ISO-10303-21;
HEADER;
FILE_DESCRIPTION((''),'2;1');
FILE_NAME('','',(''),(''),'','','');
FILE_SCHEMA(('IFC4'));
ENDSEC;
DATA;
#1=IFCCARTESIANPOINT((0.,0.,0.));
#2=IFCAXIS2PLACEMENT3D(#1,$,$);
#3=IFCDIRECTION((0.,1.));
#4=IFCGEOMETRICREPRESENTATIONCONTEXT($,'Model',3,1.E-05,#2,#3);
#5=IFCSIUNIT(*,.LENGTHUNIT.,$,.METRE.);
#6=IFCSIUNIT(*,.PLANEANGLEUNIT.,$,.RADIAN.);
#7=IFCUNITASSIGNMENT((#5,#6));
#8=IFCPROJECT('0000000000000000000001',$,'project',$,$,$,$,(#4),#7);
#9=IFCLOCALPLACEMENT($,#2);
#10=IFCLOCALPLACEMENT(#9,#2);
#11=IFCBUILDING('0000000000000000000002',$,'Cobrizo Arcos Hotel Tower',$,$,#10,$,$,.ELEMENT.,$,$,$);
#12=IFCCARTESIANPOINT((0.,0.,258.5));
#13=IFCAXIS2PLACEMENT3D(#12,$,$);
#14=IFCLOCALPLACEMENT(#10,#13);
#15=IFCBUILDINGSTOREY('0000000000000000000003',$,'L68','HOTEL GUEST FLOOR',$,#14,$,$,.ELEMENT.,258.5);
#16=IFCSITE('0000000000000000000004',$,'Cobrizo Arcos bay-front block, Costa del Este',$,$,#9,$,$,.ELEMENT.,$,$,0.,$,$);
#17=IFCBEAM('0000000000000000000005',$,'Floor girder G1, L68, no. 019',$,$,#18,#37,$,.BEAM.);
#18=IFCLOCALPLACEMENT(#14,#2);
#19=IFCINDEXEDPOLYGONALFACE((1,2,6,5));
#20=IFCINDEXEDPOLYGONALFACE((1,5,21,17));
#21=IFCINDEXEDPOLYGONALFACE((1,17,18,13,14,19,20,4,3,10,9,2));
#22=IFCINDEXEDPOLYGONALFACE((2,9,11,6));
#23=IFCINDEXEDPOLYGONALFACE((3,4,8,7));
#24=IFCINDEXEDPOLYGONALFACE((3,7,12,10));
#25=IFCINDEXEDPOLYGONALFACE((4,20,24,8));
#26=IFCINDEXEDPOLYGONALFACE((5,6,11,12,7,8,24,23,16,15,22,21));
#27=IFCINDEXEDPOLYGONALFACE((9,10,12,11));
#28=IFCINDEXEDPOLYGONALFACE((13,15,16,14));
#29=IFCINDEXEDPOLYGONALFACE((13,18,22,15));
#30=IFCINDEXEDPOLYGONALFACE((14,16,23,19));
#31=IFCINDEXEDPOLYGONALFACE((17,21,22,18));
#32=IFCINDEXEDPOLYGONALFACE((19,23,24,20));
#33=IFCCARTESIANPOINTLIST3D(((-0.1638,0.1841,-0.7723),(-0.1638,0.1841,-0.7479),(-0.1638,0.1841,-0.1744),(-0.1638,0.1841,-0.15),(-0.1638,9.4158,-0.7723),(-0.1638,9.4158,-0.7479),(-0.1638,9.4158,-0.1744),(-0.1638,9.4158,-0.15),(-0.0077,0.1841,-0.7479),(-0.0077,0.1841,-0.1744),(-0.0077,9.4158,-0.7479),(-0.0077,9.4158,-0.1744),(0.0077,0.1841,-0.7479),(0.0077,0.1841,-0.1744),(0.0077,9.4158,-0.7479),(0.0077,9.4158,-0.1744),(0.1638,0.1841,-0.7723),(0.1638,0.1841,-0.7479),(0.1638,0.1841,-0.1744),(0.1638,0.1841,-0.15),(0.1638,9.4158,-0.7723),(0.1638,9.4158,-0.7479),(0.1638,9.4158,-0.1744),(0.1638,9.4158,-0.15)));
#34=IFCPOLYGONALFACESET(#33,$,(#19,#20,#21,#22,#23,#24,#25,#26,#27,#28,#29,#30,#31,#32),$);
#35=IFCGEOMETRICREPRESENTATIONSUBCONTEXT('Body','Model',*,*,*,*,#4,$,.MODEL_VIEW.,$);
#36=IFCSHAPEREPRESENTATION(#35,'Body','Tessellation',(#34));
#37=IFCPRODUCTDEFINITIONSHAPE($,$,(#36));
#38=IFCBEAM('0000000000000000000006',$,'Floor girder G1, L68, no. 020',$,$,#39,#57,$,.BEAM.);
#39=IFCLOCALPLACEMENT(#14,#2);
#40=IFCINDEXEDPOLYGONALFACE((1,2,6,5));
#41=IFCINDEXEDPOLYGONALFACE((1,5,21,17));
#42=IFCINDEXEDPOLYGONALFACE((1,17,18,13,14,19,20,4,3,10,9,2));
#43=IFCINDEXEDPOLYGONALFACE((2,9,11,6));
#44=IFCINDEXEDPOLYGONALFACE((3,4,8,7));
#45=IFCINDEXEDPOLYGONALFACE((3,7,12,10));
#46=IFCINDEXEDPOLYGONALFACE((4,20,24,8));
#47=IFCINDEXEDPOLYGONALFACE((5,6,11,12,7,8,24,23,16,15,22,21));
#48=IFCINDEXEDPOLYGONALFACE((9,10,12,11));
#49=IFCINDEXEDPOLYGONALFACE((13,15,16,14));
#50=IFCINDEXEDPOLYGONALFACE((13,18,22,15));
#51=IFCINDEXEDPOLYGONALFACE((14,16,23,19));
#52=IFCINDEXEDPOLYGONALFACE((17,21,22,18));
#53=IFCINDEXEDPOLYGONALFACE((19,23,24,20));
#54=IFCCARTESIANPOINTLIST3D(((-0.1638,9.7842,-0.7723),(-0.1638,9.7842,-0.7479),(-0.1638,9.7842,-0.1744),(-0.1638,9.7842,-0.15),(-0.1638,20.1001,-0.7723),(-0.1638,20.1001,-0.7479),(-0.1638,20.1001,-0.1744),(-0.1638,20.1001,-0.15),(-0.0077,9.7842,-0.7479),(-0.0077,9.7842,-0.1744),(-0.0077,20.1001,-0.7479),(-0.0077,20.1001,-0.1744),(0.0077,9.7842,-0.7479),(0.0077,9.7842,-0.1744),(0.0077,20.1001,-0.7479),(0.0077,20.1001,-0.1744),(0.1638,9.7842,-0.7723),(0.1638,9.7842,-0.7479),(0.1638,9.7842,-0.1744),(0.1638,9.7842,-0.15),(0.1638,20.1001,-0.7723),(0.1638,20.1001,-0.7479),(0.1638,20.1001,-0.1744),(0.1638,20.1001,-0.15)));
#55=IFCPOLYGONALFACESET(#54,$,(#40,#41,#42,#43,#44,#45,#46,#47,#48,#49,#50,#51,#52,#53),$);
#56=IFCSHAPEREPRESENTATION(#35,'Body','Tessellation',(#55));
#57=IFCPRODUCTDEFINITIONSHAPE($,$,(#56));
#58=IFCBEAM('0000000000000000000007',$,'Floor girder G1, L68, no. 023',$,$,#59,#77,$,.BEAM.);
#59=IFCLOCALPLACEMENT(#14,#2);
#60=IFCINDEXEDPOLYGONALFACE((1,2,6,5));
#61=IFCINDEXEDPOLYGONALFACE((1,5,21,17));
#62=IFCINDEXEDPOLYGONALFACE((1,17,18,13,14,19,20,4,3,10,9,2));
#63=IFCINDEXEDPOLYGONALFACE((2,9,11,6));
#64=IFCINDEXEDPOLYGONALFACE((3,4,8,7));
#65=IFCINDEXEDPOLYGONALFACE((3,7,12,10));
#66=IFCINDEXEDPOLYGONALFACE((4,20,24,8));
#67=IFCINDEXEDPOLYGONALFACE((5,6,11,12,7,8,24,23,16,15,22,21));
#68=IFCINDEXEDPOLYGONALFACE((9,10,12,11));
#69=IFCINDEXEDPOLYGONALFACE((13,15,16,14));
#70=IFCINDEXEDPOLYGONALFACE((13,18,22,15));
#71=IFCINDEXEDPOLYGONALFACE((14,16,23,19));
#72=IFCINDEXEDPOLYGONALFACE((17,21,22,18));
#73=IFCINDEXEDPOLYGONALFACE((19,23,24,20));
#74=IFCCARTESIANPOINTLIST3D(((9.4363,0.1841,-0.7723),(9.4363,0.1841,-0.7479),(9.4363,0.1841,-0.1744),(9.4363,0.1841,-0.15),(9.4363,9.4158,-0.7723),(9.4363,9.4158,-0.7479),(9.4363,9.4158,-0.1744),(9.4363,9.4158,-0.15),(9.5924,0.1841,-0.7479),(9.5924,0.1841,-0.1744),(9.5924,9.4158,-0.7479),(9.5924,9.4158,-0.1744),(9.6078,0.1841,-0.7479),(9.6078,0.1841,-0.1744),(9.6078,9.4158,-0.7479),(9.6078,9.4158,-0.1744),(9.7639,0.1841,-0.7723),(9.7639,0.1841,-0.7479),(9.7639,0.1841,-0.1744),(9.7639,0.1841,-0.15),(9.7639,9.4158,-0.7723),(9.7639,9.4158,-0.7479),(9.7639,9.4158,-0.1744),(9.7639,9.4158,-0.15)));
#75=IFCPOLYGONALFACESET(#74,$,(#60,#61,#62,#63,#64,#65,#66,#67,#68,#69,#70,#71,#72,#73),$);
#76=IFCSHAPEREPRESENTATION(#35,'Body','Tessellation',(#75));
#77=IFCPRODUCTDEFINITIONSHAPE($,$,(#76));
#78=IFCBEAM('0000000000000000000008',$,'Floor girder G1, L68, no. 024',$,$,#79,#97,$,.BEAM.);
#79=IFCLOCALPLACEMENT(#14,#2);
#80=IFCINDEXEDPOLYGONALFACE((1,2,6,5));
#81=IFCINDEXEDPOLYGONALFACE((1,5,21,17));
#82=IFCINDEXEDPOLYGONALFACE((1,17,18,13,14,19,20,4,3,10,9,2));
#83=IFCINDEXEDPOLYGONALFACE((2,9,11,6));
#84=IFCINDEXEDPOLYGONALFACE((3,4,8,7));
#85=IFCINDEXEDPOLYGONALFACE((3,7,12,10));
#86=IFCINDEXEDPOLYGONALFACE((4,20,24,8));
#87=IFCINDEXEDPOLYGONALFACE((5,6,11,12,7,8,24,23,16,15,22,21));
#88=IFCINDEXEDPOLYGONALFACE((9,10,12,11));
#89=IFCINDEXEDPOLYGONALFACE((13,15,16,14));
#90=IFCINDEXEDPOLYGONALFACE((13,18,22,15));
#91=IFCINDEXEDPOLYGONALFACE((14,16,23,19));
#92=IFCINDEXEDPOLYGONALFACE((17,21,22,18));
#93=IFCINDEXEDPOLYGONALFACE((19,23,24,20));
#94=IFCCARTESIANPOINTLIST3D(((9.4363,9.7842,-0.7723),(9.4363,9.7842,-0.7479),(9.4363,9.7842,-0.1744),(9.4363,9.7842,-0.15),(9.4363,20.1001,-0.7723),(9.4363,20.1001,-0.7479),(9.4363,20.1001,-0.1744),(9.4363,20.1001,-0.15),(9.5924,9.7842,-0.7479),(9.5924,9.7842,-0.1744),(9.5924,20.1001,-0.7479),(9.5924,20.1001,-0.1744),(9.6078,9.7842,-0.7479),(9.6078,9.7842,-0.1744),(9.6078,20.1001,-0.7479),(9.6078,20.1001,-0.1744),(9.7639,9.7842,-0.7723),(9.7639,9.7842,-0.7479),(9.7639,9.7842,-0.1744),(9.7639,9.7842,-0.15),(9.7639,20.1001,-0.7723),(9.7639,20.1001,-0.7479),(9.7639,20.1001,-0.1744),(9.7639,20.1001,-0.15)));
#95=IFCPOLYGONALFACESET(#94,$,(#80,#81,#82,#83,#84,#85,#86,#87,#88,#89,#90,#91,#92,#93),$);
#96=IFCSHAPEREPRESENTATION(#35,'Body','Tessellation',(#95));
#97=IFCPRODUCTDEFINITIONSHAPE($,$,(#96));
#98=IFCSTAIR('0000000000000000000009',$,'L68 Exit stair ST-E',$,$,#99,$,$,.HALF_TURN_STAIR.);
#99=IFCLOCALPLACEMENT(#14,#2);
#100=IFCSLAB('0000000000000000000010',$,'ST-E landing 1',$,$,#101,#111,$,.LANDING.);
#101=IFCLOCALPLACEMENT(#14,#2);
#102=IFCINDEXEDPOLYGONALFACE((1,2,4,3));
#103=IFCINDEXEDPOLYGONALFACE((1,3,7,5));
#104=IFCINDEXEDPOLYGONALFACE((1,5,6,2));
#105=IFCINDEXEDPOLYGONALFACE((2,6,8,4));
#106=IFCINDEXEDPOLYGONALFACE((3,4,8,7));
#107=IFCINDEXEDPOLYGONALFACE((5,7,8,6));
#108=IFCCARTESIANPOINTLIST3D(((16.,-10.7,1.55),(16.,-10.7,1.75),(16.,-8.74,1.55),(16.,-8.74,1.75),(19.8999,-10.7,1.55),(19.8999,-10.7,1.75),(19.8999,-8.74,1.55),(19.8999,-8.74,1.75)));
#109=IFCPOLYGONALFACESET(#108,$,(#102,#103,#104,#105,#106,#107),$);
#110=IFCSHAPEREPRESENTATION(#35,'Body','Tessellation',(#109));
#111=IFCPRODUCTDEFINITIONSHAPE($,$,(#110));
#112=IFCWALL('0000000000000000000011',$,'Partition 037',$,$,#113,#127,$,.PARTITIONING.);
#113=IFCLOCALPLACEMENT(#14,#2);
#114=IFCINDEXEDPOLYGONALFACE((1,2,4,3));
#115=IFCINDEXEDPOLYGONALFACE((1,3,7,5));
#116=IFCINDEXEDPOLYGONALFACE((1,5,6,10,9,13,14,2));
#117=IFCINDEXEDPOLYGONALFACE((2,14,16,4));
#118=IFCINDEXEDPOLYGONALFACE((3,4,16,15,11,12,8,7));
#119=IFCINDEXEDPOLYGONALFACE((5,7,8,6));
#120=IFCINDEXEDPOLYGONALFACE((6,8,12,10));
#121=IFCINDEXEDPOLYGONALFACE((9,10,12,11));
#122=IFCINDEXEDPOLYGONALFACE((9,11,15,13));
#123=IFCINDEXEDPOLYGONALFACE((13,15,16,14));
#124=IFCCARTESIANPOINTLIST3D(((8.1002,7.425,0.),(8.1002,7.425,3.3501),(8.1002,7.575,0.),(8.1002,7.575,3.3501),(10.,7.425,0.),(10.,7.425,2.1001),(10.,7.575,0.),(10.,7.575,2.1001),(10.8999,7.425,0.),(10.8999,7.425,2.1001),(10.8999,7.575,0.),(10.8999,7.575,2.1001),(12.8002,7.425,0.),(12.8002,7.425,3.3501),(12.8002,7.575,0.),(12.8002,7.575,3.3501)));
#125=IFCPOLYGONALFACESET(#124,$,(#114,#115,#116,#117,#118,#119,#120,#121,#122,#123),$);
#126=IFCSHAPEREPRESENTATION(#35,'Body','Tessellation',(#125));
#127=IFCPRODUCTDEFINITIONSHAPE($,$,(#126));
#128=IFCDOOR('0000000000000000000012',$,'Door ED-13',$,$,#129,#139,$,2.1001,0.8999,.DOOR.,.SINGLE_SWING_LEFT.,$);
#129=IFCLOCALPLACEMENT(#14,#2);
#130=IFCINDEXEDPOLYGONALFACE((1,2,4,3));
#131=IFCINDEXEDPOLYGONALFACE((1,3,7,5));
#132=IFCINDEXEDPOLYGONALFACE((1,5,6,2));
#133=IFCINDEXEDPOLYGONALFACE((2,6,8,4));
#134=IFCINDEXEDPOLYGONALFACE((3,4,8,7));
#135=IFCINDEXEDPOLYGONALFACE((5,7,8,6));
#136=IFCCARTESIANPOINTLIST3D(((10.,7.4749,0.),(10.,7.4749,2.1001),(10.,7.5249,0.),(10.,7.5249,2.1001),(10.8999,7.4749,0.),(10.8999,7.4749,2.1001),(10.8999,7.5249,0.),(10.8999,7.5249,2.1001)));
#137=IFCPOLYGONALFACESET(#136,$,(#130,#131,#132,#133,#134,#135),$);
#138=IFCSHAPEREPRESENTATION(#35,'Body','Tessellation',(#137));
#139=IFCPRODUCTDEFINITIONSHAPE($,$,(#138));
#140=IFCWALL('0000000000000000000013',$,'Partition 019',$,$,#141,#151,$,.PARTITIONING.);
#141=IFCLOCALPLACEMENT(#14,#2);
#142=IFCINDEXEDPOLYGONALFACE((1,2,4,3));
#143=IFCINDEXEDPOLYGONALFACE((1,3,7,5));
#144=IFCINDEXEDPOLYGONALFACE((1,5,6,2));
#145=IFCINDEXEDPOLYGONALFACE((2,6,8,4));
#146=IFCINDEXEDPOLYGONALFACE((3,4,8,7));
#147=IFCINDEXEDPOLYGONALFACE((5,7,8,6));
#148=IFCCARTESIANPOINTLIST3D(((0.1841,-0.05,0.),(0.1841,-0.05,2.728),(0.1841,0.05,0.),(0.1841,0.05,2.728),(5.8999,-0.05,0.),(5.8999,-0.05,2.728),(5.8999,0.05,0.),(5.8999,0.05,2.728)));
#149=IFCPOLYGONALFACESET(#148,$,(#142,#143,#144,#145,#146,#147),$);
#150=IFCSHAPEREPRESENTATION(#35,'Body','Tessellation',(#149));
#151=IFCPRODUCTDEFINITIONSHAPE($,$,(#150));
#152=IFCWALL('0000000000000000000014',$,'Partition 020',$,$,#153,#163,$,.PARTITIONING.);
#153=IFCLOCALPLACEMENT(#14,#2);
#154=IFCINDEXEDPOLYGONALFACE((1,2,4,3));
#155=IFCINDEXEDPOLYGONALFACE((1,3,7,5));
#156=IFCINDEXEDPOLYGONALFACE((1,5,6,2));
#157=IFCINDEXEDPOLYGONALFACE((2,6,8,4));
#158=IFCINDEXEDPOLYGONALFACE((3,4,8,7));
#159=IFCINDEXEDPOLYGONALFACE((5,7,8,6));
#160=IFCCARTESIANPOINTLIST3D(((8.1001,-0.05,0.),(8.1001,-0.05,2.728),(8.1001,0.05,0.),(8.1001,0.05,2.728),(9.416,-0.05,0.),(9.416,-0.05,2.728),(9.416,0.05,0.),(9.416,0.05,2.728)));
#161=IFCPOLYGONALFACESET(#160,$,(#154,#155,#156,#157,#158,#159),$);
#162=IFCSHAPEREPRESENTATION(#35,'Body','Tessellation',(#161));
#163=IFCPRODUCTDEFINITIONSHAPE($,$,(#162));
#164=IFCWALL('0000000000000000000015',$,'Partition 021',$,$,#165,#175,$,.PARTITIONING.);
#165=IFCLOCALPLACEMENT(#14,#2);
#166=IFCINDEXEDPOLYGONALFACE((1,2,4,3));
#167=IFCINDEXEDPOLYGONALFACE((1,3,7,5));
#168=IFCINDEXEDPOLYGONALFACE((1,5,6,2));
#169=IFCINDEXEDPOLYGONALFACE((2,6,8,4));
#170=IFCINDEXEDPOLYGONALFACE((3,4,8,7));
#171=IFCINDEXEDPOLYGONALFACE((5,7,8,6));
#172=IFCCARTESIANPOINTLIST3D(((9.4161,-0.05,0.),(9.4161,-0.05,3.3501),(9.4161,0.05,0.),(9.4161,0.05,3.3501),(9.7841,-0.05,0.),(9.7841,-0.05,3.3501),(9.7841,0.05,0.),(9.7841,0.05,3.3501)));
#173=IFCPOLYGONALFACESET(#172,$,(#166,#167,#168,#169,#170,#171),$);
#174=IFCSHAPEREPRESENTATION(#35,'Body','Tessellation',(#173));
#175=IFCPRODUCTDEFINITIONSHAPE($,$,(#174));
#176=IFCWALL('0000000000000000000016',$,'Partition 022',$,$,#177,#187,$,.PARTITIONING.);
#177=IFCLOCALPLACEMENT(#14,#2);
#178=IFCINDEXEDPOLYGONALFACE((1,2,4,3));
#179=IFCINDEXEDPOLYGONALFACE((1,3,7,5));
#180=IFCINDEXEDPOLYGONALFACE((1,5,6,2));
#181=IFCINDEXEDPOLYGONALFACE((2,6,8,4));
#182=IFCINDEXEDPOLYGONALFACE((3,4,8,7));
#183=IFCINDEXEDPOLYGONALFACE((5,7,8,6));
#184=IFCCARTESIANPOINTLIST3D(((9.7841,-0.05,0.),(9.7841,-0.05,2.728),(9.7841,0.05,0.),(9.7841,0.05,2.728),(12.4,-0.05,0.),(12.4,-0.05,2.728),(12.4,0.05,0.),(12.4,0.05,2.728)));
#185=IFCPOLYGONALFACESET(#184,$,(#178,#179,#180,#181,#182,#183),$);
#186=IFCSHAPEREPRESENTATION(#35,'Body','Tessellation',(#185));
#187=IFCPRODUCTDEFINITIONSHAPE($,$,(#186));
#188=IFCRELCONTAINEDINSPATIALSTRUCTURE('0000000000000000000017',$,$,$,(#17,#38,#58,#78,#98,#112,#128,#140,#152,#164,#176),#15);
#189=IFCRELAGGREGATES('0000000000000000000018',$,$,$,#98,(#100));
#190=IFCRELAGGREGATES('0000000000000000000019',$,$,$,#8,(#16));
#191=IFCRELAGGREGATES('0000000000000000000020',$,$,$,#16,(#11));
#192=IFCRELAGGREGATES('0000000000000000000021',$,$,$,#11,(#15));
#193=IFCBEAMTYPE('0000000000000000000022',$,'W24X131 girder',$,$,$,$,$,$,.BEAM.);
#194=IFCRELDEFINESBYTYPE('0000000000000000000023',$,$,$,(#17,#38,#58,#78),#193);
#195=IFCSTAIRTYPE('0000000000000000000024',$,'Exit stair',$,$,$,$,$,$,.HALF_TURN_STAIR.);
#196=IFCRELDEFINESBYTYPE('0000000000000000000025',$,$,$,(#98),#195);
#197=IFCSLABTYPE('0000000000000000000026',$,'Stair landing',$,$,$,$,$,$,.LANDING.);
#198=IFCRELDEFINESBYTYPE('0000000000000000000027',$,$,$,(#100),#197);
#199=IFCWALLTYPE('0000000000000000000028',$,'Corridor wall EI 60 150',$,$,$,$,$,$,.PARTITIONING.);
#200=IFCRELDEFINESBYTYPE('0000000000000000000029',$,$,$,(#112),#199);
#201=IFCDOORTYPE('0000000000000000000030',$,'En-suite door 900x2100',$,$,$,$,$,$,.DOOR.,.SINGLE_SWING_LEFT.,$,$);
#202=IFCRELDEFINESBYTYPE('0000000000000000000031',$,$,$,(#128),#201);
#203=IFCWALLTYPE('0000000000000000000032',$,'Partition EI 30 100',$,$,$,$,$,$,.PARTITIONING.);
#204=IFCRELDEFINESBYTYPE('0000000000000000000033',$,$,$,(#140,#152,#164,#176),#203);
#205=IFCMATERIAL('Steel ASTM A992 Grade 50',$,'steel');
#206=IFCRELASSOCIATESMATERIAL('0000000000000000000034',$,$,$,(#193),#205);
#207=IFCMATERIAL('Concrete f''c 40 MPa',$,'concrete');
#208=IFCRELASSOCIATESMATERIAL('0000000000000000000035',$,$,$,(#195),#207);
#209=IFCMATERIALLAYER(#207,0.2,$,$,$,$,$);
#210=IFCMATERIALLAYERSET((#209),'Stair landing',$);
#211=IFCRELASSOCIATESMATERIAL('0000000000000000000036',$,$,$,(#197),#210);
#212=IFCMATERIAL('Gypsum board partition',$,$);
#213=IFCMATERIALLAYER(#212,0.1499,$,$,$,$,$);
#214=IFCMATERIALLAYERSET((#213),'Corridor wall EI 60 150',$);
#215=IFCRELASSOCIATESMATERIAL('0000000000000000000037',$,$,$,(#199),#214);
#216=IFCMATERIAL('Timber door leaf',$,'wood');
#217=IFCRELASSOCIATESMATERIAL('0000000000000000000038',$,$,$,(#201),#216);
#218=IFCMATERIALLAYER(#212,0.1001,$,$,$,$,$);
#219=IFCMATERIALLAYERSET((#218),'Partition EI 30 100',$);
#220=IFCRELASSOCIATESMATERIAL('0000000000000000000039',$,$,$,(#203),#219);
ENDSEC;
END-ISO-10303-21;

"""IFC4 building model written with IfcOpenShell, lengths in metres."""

from ifc_helpers import new_model, si_unit, direction, frame, frame_2d, origin, origin_2d, place, context, subcontext, project, spatial, polyline, rectangle, i_section, outline, extrude, material, layer, layer_set, material_profile, profile_set, type_object, element, fill, aggregate, save


model = new_model("IFC4")

# Units and contexts
model_context = context("Model", 3, precision=1e-05, world=origin(), true_north=direction((0.0, 1.0)))
body_context = subcontext(model_context, "Body", "Model", "MODEL_VIEW")
ifc_project = project(units=[si_unit("LENGTHUNIT", "METRE"), si_unit("PLANEANGLEUNIT", "RADIAN")], contexts=[model_context])

# Site, building, storey
site_placement = place(None, origin())
site = spatial("IfcSite", under=ifc_project, at=site_placement, Name="Cobrizo Arcos bay-front block, Costa del Este", CompositionType="ELEMENT", RefElevation=0.0)
building_placement = place(site_placement, origin())
building = spatial("IfcBuilding", under=site, at=building_placement, Name="Cobrizo Arcos Hotel Tower", CompositionType="ELEMENT")
storey_placement = place(building_placement, frame((0.0, 0.0, 258.5)))
storey = spatial("IfcBuildingStorey", under=building, at=storey_placement, Name="L68", Description="HOTEL GUEST FLOOR", CompositionType="ELEMENT", Elevation=258.5)

# Shared definitions
ifc_material_1 = material(Name="Steel ASTM A992 Grade 50", Category="steel")

# Beams
ifc_material_profile_1 = material_profile(ifc_material_1, i_section(OverallWidth=0.3276, OverallDepth=0.6223, WebThickness=0.0154, FlangeThickness=0.0244, at=origin_2d()), Name="W24X131")
ifc_profile_set_1 = profile_set([ifc_material_profile_1], Name="Steel ASTM A992 Grade 50")
beam_type_1 = type_object("IfcBeamType", Name="W24X131 girder", PredefinedType="BEAM", material=ifc_profile_set_1)
beam_1_placement = place(storey_placement, frame((0.0, 0.1841, -0.4612), z_axis=(0.0, 1.0, 0.0), x_axis=(-1.0, 0.0, 0.0)))
element("IfcBeam", 1, at=beam_1_placement, inside=storey, type_object=beam_type_1, Name="Floor girder G1, L68, no. 019", PredefinedType="BEAM", context=body_context, shape_type="SweptSolid", body=[
    extrude(i_section(OverallWidth=0.3276, OverallDepth=0.6223, WebThickness=0.0154, FlangeThickness=0.0244, at=origin_2d()), origin(), (0.0, 0.0, 1.0), 9.2317),
])
beam_2_placement = place(storey_placement, frame((0.0, 9.7842, -0.4612), z_axis=(0.0, 1.0, 0.0), x_axis=(-1.0, 0.0, 0.0)))
element("IfcBeam", 2, at=beam_2_placement, inside=storey, type_object=beam_type_1, Name="Floor girder G1, L68, no. 020", PredefinedType="BEAM", context=body_context, shape_type="SweptSolid", body=[
    extrude(i_section(OverallWidth=0.3276, OverallDepth=0.6223, WebThickness=0.0154, FlangeThickness=0.0244, at=origin_2d()), origin(), (0.0, 0.0, 1.0), 10.3159),
])
beam_3_placement = place(storey_placement, frame((9.6001, 0.1841, -0.4612), z_axis=(0.0, 1.0, 0.0), x_axis=(-1.0, 0.0, 0.0)))
element("IfcBeam", 3, at=beam_3_placement, inside=storey, type_object=beam_type_1, Name="Floor girder G1, L68, no. 023", PredefinedType="BEAM", context=body_context, shape_type="SweptSolid", body=[
    extrude(i_section(OverallWidth=0.3276, OverallDepth=0.6223, WebThickness=0.0154, FlangeThickness=0.0244, at=origin_2d()), origin(), (0.0, 0.0, 1.0), 9.2317),
])
beam_4_placement = place(storey_placement, frame((9.6001, 9.7842, -0.4612), z_axis=(0.0, 1.0, 0.0), x_axis=(-1.0, 0.0, 0.0)))
element("IfcBeam", 4, at=beam_4_placement, inside=storey, type_object=beam_type_1, Name="Floor girder G1, L68, no. 024", PredefinedType="BEAM", context=body_context, shape_type="SweptSolid", body=[
    extrude(i_section(OverallWidth=0.3276, OverallDepth=0.6223, WebThickness=0.0154, FlangeThickness=0.0244, at=origin_2d()), origin(), (0.0, 0.0, 1.0), 10.3159),
])

# Stair, slab
ifc_material_2 = material(Name="Concrete f'c 40 MPa", Category="concrete")
stair_type = type_object("IfcStairType", Name="Exit stair", PredefinedType="HALF_TURN_STAIR", material=ifc_material_2)
stair_placement = place(storey_placement, origin())
stair = element("IfcStair", 5, at=stair_placement, inside=storey, type_object=stair_type, Name="L68 Exit stair ST-E", PredefinedType="HALF_TURN_STAIR")
ifc_layer_1 = layer(ifc_material_2, 0.2)
ifc_layer_set_1 = layer_set([ifc_layer_1], Name="Stair landing")
slab_type = type_object("IfcSlabType", Name="Stair landing", PredefinedType="LANDING", material=ifc_layer_set_1)
slab_placement = place(storey_placement, frame((0.0, 0.0, 1.55)))
slab = element("IfcSlab", 6, at=slab_placement, type_object=slab_type, Name="ST-E landing 1", PredefinedType="LANDING", context=body_context, shape_type="SweptSolid", body=[
    extrude(outline(polyline([(16.0, -8.74), (16.0, -10.7), (19.8999, -10.7), (19.8999, -8.74), (16.0, -8.74)])), origin(), (0.0, 0.0, 1.0), 0.2),
])
aggregate(stair, [slab])

# Wall, opening, door
ifc_material_3 = material(Name="Gypsum board partition")
ifc_layer_2 = layer(ifc_material_3, 0.1499)
ifc_layer_set_2 = layer_set([ifc_layer_2], Name="Corridor wall EI 60 150")
wall_type_1 = type_object("IfcWallType", Name="Corridor wall EI 60 150", PredefinedType="PARTITIONING", material=ifc_layer_set_2)
wall_1_placement = place(storey_placement, frame((8.1001, 7.5, 0.0), z_axis=(0.0, 0.0, 1.0), x_axis=(1.0, 0.0, 0.0)))
wall_1 = element("IfcWall", 7, at=wall_1_placement, inside=storey, type_object=wall_type_1, Name="Partition 037", PredefinedType="PARTITIONING", context=body_context, shape_type="SweptSolid", body=[
    extrude(rectangle(XDim=4.7, YDim=0.1499, at=frame_2d((2.3501, 0.0))), origin(), (0.0, 0.0, 1.0), 3.3501),
])
opening_placement = place(wall_1_placement, frame((1.8999, 0.0, 0.0)))
opening = element("IfcOpeningElement", 8, at=opening_placement, cuts=wall_1, PredefinedType="OPENING", context=body_context, shape_type="SweptSolid", body=[
    extrude(rectangle(XDim=0.8999, YDim=2.1001, at=frame_2d((0.45, 1.05))), frame((0.0, 0.0869, 0.0), z_axis=(0.0, -1.0, 0.0), x_axis=(1.0, 0.0, 0.0)), (0.0, 0.0, 1.0), 0.1738),
])
ifc_material_4 = material(Name="Timber door leaf", Category="wood")
door_type = type_object("IfcDoorType", Name="En-suite door 900x2100", OperationType="SINGLE_SWING_LEFT", PredefinedType="DOOR", material=ifc_material_4)
door_placement = place(opening_placement, origin())
door = element("IfcDoor", 9, at=door_placement, inside=storey, type_object=door_type, Name="Door ED-13", OperationType="SINGLE_SWING_LEFT", OverallHeight=2.1001, OverallWidth=0.8999, PredefinedType="DOOR", context=body_context, shape_type="SweptSolid", body=[
    extrude(rectangle(XDim=0.8999, YDim=2.1001, at=frame_2d((0.45, 1.05))), frame((0.0, 0.0249, 0.0), z_axis=(0.0, -1.0, 0.0), x_axis=(1.0, 0.0, 0.0)), (0.0, 0.0, 1.0), 0.05),
])
fill(opening, door)

# Walls
ifc_layer_3 = layer(ifc_material_3, 0.1001)
ifc_layer_set_3 = layer_set([ifc_layer_3], Name="Partition EI 30 100")
wall_type_2 = type_object("IfcWallType", Name="Partition EI 30 100", PredefinedType="PARTITIONING", material=ifc_layer_set_3)
wall_2_placement = place(storey_placement, frame((0.1841, 0.0, 0.0), z_axis=(0.0, 0.0, 1.0), x_axis=(1.0, 0.0, 0.0)))
element("IfcWall", 10, at=wall_2_placement, inside=storey, type_object=wall_type_2, Name="Partition 019", PredefinedType="PARTITIONING", context=body_context, shape_type="SweptSolid", body=[
    extrude(rectangle(XDim=5.7158, YDim=0.1001, at=frame_2d((2.8579, 0.0))), origin(), (0.0, 0.0, 1.0), 2.728),
])
wall_3_placement = place(storey_placement, frame((8.1001, 0.0, 0.0), z_axis=(0.0, 0.0, 1.0), x_axis=(1.0, 0.0, 0.0)))
element("IfcWall", 11, at=wall_3_placement, inside=storey, type_object=wall_type_2, Name="Partition 020", PredefinedType="PARTITIONING", context=body_context, shape_type="SweptSolid", body=[
    extrude(rectangle(XDim=1.3159, YDim=0.1001, at=frame_2d((0.658, 0.0))), origin(), (0.0, 0.0, 1.0), 2.728),
])
wall_4_placement = place(storey_placement, frame((9.416, 0.0, 0.0), z_axis=(0.0, 0.0, 1.0), x_axis=(1.0, 0.0, 0.0)))
element("IfcWall", 12, at=wall_4_placement, inside=storey, type_object=wall_type_2, Name="Partition 021", PredefinedType="PARTITIONING", context=body_context, shape_type="SweptSolid", body=[
    extrude(rectangle(XDim=0.3679, YDim=0.1001, at=frame_2d((0.1841, 0.0))), origin(), (0.0, 0.0, 1.0), 3.3501),
])
wall_5_placement = place(storey_placement, frame((9.7839, 0.0, 0.0), z_axis=(0.0, 0.0, 1.0), x_axis=(1.0, 0.0, 0.0)))
element("IfcWall", 13, at=wall_5_placement, inside=storey, type_object=wall_type_2, Name="Partition 022", PredefinedType="PARTITIONING", context=body_context, shape_type="SweptSolid", body=[
    extrude(rectangle(XDim=2.616, YDim=0.1001, at=frame_2d((1.3081, 0.0))), origin(), (0.0, 0.0, 1.0), 2.728),
])

save(model, "model.ifc")
